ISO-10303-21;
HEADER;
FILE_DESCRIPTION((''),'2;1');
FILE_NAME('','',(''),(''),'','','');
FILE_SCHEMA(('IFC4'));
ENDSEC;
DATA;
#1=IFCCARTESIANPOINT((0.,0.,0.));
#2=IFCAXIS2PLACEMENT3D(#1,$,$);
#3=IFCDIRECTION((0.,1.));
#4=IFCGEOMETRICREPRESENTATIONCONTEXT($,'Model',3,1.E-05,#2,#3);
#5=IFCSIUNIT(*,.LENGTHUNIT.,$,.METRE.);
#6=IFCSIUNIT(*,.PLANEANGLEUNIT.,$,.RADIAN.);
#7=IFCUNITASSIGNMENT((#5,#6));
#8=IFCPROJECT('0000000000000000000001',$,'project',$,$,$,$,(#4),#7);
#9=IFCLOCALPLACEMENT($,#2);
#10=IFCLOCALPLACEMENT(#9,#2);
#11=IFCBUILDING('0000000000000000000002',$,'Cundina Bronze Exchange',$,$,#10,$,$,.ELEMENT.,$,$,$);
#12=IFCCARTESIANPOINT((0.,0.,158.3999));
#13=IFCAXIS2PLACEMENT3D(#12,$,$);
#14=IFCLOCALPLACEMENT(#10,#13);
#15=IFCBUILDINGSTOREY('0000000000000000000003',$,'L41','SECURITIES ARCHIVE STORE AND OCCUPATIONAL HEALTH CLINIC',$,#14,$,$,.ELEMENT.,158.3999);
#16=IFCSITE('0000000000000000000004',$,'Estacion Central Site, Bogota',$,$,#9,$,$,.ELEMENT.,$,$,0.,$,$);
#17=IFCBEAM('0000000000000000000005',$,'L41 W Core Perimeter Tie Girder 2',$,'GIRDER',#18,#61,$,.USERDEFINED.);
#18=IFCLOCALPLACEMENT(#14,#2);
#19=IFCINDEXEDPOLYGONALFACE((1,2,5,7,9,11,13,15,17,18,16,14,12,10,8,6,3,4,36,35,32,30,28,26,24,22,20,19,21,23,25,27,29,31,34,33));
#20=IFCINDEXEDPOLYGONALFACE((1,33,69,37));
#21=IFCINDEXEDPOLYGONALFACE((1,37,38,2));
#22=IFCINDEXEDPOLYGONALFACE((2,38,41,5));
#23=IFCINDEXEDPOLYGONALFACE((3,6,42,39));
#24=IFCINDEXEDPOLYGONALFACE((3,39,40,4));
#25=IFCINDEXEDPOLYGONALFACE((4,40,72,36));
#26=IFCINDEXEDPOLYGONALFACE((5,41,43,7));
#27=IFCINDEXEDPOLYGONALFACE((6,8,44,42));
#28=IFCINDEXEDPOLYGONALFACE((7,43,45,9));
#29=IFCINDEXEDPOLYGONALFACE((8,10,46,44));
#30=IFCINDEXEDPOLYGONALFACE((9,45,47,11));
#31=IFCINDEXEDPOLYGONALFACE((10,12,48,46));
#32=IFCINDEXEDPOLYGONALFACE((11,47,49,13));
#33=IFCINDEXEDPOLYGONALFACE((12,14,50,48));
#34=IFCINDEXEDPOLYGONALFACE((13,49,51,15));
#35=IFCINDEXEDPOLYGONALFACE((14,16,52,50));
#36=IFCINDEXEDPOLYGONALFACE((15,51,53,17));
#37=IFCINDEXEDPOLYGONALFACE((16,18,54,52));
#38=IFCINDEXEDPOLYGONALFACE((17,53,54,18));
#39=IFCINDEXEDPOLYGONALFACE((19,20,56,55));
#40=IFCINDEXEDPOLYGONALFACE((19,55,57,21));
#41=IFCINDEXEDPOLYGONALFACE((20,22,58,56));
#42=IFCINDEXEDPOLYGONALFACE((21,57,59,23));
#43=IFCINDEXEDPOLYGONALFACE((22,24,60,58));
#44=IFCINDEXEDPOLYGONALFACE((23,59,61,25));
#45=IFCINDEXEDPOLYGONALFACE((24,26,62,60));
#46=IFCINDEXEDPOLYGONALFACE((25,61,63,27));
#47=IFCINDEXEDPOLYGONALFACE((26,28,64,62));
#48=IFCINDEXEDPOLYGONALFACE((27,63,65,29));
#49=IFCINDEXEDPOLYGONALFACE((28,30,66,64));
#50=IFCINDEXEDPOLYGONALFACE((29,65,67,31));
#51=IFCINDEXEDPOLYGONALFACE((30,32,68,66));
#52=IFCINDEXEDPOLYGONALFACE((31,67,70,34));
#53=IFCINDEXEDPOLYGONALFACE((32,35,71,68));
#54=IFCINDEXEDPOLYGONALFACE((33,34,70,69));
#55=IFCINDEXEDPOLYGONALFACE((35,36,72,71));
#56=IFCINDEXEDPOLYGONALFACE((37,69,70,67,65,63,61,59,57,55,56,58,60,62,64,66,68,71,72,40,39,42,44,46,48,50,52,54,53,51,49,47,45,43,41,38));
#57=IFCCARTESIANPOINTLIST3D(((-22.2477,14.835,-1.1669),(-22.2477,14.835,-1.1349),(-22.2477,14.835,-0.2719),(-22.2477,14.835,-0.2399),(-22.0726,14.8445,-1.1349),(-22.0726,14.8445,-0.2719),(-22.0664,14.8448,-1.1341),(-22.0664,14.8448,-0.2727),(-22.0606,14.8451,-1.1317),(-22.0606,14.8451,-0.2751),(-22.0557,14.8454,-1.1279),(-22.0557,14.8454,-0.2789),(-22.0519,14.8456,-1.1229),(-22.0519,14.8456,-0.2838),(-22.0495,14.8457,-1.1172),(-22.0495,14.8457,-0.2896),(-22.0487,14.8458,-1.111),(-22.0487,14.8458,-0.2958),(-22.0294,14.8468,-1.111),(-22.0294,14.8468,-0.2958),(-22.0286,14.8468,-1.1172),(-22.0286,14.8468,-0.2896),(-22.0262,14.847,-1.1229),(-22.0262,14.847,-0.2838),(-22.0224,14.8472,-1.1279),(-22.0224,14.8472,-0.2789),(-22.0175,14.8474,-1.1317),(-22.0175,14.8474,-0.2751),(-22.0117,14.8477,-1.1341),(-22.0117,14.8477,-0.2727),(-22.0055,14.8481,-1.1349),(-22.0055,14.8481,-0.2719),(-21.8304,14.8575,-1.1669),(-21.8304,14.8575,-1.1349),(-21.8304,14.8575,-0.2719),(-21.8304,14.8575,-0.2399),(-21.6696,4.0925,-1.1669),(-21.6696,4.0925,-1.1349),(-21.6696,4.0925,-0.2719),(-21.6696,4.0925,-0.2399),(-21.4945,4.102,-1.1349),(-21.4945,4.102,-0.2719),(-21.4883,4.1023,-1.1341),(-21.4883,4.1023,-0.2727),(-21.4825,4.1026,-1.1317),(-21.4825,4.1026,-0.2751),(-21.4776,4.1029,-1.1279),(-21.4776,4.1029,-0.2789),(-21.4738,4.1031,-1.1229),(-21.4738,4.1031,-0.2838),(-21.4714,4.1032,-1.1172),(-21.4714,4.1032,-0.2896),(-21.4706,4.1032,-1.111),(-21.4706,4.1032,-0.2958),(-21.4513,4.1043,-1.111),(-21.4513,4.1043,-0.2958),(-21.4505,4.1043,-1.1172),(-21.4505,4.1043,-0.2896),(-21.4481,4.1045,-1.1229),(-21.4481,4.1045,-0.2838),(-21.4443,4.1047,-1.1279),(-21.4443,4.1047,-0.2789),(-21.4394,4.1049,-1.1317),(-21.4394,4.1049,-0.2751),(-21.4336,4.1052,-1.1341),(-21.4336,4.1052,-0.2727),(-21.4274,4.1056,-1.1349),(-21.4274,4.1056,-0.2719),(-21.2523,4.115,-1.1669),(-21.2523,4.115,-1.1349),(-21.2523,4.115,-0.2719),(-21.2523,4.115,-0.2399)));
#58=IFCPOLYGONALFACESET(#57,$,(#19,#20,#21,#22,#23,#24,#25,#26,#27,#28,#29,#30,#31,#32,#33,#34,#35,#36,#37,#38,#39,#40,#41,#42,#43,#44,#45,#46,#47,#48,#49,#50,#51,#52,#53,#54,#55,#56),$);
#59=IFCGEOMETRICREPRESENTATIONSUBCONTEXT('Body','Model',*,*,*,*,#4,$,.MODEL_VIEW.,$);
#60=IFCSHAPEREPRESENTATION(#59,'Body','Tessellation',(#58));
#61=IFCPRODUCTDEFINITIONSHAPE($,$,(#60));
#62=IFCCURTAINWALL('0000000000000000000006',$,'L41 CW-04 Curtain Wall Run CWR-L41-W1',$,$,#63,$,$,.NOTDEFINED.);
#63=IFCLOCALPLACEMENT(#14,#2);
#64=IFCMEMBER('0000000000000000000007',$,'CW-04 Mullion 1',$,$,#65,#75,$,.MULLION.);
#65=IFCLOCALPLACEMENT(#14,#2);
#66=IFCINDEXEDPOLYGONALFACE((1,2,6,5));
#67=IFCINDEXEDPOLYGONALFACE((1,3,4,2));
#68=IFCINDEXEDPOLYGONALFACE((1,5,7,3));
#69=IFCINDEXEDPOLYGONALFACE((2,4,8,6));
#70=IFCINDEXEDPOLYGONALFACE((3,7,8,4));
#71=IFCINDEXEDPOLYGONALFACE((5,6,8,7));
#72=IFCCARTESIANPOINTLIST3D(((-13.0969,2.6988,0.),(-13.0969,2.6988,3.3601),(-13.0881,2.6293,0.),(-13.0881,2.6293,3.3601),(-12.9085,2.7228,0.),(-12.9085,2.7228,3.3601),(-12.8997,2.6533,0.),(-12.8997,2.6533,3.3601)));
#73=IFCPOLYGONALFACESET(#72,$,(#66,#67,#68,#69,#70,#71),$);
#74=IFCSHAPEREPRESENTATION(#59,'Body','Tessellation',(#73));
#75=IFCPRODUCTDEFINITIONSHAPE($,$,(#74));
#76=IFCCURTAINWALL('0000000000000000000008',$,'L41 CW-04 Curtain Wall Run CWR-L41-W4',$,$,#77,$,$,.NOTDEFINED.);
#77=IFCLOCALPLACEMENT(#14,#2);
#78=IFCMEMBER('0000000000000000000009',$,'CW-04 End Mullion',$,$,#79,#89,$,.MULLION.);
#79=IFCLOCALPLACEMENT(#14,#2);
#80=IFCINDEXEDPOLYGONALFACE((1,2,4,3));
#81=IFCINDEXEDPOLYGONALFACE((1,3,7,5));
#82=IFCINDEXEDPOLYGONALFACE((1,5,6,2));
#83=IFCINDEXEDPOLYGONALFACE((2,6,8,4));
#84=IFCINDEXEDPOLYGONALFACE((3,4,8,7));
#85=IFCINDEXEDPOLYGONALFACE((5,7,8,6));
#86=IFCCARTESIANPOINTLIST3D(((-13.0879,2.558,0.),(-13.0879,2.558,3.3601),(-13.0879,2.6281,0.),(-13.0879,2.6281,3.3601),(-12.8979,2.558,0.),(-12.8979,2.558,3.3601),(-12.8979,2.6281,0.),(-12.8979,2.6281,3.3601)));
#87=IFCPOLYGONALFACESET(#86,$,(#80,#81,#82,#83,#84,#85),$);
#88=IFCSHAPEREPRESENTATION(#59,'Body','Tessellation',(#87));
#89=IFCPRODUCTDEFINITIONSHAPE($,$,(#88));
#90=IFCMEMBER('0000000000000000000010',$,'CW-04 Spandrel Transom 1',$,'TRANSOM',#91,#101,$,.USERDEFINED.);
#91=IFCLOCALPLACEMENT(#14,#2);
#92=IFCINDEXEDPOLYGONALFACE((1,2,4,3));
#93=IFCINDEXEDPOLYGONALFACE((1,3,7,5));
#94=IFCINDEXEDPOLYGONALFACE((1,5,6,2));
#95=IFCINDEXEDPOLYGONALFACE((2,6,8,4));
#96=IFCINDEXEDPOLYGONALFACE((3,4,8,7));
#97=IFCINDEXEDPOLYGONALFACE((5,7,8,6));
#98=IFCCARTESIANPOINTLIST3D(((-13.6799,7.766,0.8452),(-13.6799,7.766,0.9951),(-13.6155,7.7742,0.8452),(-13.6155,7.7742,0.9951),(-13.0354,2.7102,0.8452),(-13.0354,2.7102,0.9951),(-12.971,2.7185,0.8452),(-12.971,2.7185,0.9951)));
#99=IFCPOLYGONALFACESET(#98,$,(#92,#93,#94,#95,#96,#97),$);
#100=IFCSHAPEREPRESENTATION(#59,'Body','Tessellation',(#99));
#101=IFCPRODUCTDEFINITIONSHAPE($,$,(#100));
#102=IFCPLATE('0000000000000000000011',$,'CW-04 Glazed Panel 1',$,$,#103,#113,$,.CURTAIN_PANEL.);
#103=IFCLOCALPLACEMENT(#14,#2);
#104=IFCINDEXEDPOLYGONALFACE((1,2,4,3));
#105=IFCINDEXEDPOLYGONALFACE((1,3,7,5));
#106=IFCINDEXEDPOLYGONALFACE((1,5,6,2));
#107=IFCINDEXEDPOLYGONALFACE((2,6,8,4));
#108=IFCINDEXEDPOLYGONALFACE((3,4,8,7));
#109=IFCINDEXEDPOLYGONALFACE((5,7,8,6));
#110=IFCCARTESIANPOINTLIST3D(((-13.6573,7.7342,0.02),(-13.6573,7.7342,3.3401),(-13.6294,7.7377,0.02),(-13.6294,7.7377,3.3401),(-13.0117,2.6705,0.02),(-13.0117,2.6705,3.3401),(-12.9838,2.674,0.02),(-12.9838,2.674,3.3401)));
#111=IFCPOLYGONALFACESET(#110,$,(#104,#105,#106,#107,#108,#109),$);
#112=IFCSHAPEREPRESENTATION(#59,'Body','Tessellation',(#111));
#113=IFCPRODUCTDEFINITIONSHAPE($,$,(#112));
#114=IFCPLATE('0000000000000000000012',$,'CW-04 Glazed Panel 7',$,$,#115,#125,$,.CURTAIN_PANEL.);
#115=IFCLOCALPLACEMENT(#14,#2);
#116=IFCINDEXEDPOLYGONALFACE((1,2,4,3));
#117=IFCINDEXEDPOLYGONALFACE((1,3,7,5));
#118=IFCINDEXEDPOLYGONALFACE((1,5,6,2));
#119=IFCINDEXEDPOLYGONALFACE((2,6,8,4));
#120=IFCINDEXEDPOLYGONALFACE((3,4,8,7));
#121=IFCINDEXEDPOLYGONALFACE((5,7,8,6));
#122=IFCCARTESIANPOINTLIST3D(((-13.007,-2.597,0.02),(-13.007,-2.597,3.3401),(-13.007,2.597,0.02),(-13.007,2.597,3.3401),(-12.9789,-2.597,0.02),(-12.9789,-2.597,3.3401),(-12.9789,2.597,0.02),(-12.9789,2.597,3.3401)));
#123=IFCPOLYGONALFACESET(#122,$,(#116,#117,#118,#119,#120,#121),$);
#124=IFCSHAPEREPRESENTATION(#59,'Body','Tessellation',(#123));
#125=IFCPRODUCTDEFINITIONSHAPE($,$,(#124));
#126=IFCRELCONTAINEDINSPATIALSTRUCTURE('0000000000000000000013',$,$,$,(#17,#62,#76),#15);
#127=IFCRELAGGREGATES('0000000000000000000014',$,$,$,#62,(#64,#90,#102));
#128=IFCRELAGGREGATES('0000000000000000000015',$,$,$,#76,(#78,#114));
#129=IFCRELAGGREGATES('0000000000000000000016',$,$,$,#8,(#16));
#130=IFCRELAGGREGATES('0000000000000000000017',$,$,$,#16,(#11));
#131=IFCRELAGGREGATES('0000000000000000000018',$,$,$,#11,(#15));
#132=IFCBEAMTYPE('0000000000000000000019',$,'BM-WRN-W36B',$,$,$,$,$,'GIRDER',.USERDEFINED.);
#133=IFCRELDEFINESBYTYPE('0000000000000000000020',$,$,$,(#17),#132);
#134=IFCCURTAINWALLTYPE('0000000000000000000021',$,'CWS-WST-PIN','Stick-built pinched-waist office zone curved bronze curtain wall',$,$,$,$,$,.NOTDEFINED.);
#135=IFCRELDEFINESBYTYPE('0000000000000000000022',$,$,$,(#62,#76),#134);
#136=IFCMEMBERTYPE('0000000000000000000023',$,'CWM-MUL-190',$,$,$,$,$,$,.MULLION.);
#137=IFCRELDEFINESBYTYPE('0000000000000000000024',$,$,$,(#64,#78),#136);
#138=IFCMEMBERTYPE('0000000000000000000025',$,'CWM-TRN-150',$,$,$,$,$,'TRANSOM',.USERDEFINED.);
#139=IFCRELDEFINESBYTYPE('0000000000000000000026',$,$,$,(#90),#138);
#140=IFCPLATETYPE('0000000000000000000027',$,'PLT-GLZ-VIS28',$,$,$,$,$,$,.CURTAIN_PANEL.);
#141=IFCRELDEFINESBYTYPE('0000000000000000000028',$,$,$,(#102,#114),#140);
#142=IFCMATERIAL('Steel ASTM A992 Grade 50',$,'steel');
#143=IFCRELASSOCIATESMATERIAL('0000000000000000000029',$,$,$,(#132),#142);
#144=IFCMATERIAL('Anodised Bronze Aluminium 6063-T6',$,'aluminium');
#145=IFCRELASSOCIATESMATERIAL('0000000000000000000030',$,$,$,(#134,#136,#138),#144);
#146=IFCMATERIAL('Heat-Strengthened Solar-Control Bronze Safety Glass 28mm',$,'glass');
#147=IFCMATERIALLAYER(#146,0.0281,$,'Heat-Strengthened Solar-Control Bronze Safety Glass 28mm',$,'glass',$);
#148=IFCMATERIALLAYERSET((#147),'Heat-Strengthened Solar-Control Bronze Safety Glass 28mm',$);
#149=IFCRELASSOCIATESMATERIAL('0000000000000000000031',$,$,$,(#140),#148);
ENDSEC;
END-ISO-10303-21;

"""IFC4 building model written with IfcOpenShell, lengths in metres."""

from ifc_helpers import new_model, si_unit, direction, frame, origin, origin_2d, place, context, subcontext, project, spatial, rectangle, i_section, extrude, material, layer, layer_set, material_profile, profile_set, type_object, element, aggregate, save


model = new_model("IFC4")

# Units and contexts
model_context = context("Model", 3, precision=1e-05, world=origin(), true_north=direction((0.0, 1.0)))
body_context = subcontext(model_context, "Body", "Model", "MODEL_VIEW")
ifc_project = project(units=[si_unit("LENGTHUNIT", "METRE"), si_unit("PLANEANGLEUNIT", "RADIAN")], contexts=[model_context])

# Site, building, storey
site_placement = place(None, origin())
site = spatial("IfcSite", under=ifc_project, at=site_placement, Name="Estacion Central Site, Bogota", CompositionType="ELEMENT", RefElevation=0.0)
building_placement = place(site_placement, origin())
building = spatial("IfcBuilding", under=site, at=building_placement, Name="Cundina Bronze Exchange", CompositionType="ELEMENT")
storey_placement = place(building_placement, frame((0.0, 0.0, 158.3999)))
storey = spatial("IfcBuildingStorey", under=building, at=storey_placement, Name="L41", Description="SECURITIES ARCHIVE STORE AND OCCUPATIONAL HEALTH CLINIC", CompositionType="ELEMENT", Elevation=158.3999)

# Shared definitions
ifc_material_1 = material(Name="Steel ASTM A992 Grade 50", Category="steel")

# Beam
ifc_material_profile_1 = material_profile(ifc_material_1, i_section(OverallWidth=0.418, OverallDepth=0.927, WebThickness=0.0193, FlangeThickness=0.032, FilletRadius=0.0239, at=origin_2d()), Name="W36X231", Category="steel")
ifc_profile_set_1 = profile_set([ifc_material_profile_1], Name="Steel ASTM A992 Grade 50")
beam_type_1 = type_object("IfcBeamType", Name="BM-WRN-W36B", ElementType="GIRDER", PredefinedType="USERDEFINED", material=ifc_profile_set_1)
beam_1_placement = place(storey_placement, frame((-21.4609, 4.1038, -0.7034), z_axis=(-0.053739, 0.998555, 0.0), x_axis=(-0.998555, -0.053739, 0.0)))
element("IfcBeam", 1, at=beam_1_placement, inside=storey, type_object=beam_type_1, Name="L41 W Core Perimeter Tie Girder 2", ObjectType="GIRDER", PredefinedType="USERDEFINED", context=body_context, shape_type="SweptSolid", body=[
    extrude(i_section(OverallWidth=0.418, OverallDepth=0.927, WebThickness=0.0193, FlangeThickness=0.032, FilletRadius=0.0239, at=origin_2d()), origin(), (0.0, 0.0, 1.0), 10.7581),
])

# Curtain walls, members
ifc_material_2 = material(Name="Anodised Bronze Aluminium 6063-T6", Category="aluminium")
curtain_wall_type = type_object("IfcCurtainWallType", Name="CWS-WST-PIN", Description="Stick-built pinched-waist office zone curved bronze curtain wall", PredefinedType="NOTDEFINED", material=ifc_material_2)
curtain_wall_1_placement = place(storey_placement, origin())
curtain_wall_1 = element("IfcCurtainWall", 2, at=curtain_wall_1_placement, inside=storey, type_object=curtain_wall_type, Name="L41 CW-04 Curtain Wall Run CWR-L41-W1", PredefinedType="NOTDEFINED")
ifc_material_profile_2 = material_profile(ifc_material_2, rectangle(XDim=0.0701, YDim=0.1899, at=origin_2d()), Name="AL70X190", Category="aluminium")
ifc_profile_set_2 = profile_set([ifc_material_profile_2], Name="Anodised Bronze Aluminium 6063-T6")
member_type_1 = type_object("IfcMemberType", Name="CWM-MUL-190", PredefinedType="MULLION", material=ifc_profile_set_2)
member_1_placement = place(storey_placement, frame((-12.9983, 2.676, 0.0), z_axis=(0.0, 0.0, 1.0), x_axis=(-0.126545, 0.991961, 0.0)))
member_1 = element("IfcMember", 3, at=member_1_placement, type_object=member_type_1, Name="CW-04 Mullion 1", PredefinedType="MULLION", context=body_context, shape_type="SweptSolid", body=[
    extrude(rectangle(XDim=0.0701, YDim=0.1899, at=origin_2d()), origin(), (0.0, 0.0, 1.0), 3.3601),
])
curtain_wall_2_placement = place(storey_placement, origin())
curtain_wall_2 = element("IfcCurtainWall", 4, at=curtain_wall_2_placement, inside=storey, type_object=curtain_wall_type, Name="L41 CW-04 Curtain Wall Run CWR-L41-W4", PredefinedType="NOTDEFINED")
member_2_placement = place(storey_placement, frame((-12.9929, 2.593, 0.0), z_axis=(0.0, 0.0, 1.0), x_axis=(0.0, 1.0, 0.0)))
member_2 = element("IfcMember", 5, at=member_2_placement, type_object=member_type_1, Name="CW-04 End Mullion", PredefinedType="MULLION", context=body_context, shape_type="SweptSolid", body=[
    extrude(rectangle(XDim=0.0701, YDim=0.1899, at=origin_2d()), origin(), (0.0, 0.0, 1.0), 3.3601),
])

# Member
ifc_material_profile_3 = material_profile(ifc_material_2, rectangle(XDim=0.0649, YDim=0.1499, at=origin_2d()), Name="AL65X150", Category="aluminium")
ifc_profile_set_3 = profile_set([ifc_material_profile_3], Name="Anodised Bronze Aluminium 6063-T6")
member_type_2 = type_object("IfcMemberType", Name="CWM-TRN-150", ElementType="TRANSOM", PredefinedType="USERDEFINED", material=ifc_profile_set_3)
member_3_placement = place(storey_placement, frame((-13.0032, 2.7144, 0.9202), z_axis=(-0.126463, 0.991971, 0.0), x_axis=(-0.991971, -0.126463, 0.0)))
member_3 = element("IfcMember", 6, at=member_3_placement, type_object=member_type_2, Name="CW-04 Spandrel Transom 1", ObjectType="TRANSOM", PredefinedType="USERDEFINED", context=body_context, shape_type="SweptSolid", body=[
    extrude(rectangle(XDim=0.0649, YDim=0.1499, at=origin_2d()), origin(), (0.0, 0.0, 1.0), 5.0967),
])

# Plates
ifc_material_3 = material(Name="Heat-Strengthened Solar-Control Bronze Safety Glass 28mm", Category="glass")
ifc_layer_1 = layer(ifc_material_3, 0.0281, Name="Heat-Strengthened Solar-Control Bronze Safety Glass 28mm", Category="glass")
ifc_layer_set_1 = layer_set([ifc_layer_1], Name="Heat-Strengthened Solar-Control Bronze Safety Glass 28mm")
plate_type = type_object("IfcPlateType", Name="PLT-GLZ-VIS28", PredefinedType="CURTAIN_PANEL", material=ifc_layer_set_1)
plate_1_placement = place(storey_placement, frame((-13.3206, 5.2041, 0.02), z_axis=(0.0, 0.0, 1.0), x_axis=(-0.126476, 0.99197, 0.0)))
plate_1 = element("IfcPlate", 7, at=plate_1_placement, type_object=plate_type, Name="CW-04 Glazed Panel 1", PredefinedType="CURTAIN_PANEL", context=body_context, shape_type="SweptSolid", body=[
    extrude(rectangle(XDim=5.1047, YDim=0.0281, at=origin_2d()), origin(), (0.0, 0.0, 1.0), 3.3201),
])
aggregate(curtain_wall_1, [member_1, member_3, plate_1])
plate_2_placement = place(storey_placement, frame((-12.9929, 0.0, 0.02), z_axis=(0.0, 0.0, 1.0), x_axis=(0.0, 1.0, 0.0)))
plate_2 = element("IfcPlate", 8, at=plate_2_placement, type_object=plate_type, Name="CW-04 Glazed Panel 7", PredefinedType="CURTAIN_PANEL", context=body_context, shape_type="SweptSolid", body=[
    extrude(rectangle(XDim=5.1941, YDim=0.0281, at=origin_2d()), origin(), (0.0, 0.0, 1.0), 3.3201),
])
aggregate(curtain_wall_2, [member_2, plate_2])

save(model, "model.ifc")
